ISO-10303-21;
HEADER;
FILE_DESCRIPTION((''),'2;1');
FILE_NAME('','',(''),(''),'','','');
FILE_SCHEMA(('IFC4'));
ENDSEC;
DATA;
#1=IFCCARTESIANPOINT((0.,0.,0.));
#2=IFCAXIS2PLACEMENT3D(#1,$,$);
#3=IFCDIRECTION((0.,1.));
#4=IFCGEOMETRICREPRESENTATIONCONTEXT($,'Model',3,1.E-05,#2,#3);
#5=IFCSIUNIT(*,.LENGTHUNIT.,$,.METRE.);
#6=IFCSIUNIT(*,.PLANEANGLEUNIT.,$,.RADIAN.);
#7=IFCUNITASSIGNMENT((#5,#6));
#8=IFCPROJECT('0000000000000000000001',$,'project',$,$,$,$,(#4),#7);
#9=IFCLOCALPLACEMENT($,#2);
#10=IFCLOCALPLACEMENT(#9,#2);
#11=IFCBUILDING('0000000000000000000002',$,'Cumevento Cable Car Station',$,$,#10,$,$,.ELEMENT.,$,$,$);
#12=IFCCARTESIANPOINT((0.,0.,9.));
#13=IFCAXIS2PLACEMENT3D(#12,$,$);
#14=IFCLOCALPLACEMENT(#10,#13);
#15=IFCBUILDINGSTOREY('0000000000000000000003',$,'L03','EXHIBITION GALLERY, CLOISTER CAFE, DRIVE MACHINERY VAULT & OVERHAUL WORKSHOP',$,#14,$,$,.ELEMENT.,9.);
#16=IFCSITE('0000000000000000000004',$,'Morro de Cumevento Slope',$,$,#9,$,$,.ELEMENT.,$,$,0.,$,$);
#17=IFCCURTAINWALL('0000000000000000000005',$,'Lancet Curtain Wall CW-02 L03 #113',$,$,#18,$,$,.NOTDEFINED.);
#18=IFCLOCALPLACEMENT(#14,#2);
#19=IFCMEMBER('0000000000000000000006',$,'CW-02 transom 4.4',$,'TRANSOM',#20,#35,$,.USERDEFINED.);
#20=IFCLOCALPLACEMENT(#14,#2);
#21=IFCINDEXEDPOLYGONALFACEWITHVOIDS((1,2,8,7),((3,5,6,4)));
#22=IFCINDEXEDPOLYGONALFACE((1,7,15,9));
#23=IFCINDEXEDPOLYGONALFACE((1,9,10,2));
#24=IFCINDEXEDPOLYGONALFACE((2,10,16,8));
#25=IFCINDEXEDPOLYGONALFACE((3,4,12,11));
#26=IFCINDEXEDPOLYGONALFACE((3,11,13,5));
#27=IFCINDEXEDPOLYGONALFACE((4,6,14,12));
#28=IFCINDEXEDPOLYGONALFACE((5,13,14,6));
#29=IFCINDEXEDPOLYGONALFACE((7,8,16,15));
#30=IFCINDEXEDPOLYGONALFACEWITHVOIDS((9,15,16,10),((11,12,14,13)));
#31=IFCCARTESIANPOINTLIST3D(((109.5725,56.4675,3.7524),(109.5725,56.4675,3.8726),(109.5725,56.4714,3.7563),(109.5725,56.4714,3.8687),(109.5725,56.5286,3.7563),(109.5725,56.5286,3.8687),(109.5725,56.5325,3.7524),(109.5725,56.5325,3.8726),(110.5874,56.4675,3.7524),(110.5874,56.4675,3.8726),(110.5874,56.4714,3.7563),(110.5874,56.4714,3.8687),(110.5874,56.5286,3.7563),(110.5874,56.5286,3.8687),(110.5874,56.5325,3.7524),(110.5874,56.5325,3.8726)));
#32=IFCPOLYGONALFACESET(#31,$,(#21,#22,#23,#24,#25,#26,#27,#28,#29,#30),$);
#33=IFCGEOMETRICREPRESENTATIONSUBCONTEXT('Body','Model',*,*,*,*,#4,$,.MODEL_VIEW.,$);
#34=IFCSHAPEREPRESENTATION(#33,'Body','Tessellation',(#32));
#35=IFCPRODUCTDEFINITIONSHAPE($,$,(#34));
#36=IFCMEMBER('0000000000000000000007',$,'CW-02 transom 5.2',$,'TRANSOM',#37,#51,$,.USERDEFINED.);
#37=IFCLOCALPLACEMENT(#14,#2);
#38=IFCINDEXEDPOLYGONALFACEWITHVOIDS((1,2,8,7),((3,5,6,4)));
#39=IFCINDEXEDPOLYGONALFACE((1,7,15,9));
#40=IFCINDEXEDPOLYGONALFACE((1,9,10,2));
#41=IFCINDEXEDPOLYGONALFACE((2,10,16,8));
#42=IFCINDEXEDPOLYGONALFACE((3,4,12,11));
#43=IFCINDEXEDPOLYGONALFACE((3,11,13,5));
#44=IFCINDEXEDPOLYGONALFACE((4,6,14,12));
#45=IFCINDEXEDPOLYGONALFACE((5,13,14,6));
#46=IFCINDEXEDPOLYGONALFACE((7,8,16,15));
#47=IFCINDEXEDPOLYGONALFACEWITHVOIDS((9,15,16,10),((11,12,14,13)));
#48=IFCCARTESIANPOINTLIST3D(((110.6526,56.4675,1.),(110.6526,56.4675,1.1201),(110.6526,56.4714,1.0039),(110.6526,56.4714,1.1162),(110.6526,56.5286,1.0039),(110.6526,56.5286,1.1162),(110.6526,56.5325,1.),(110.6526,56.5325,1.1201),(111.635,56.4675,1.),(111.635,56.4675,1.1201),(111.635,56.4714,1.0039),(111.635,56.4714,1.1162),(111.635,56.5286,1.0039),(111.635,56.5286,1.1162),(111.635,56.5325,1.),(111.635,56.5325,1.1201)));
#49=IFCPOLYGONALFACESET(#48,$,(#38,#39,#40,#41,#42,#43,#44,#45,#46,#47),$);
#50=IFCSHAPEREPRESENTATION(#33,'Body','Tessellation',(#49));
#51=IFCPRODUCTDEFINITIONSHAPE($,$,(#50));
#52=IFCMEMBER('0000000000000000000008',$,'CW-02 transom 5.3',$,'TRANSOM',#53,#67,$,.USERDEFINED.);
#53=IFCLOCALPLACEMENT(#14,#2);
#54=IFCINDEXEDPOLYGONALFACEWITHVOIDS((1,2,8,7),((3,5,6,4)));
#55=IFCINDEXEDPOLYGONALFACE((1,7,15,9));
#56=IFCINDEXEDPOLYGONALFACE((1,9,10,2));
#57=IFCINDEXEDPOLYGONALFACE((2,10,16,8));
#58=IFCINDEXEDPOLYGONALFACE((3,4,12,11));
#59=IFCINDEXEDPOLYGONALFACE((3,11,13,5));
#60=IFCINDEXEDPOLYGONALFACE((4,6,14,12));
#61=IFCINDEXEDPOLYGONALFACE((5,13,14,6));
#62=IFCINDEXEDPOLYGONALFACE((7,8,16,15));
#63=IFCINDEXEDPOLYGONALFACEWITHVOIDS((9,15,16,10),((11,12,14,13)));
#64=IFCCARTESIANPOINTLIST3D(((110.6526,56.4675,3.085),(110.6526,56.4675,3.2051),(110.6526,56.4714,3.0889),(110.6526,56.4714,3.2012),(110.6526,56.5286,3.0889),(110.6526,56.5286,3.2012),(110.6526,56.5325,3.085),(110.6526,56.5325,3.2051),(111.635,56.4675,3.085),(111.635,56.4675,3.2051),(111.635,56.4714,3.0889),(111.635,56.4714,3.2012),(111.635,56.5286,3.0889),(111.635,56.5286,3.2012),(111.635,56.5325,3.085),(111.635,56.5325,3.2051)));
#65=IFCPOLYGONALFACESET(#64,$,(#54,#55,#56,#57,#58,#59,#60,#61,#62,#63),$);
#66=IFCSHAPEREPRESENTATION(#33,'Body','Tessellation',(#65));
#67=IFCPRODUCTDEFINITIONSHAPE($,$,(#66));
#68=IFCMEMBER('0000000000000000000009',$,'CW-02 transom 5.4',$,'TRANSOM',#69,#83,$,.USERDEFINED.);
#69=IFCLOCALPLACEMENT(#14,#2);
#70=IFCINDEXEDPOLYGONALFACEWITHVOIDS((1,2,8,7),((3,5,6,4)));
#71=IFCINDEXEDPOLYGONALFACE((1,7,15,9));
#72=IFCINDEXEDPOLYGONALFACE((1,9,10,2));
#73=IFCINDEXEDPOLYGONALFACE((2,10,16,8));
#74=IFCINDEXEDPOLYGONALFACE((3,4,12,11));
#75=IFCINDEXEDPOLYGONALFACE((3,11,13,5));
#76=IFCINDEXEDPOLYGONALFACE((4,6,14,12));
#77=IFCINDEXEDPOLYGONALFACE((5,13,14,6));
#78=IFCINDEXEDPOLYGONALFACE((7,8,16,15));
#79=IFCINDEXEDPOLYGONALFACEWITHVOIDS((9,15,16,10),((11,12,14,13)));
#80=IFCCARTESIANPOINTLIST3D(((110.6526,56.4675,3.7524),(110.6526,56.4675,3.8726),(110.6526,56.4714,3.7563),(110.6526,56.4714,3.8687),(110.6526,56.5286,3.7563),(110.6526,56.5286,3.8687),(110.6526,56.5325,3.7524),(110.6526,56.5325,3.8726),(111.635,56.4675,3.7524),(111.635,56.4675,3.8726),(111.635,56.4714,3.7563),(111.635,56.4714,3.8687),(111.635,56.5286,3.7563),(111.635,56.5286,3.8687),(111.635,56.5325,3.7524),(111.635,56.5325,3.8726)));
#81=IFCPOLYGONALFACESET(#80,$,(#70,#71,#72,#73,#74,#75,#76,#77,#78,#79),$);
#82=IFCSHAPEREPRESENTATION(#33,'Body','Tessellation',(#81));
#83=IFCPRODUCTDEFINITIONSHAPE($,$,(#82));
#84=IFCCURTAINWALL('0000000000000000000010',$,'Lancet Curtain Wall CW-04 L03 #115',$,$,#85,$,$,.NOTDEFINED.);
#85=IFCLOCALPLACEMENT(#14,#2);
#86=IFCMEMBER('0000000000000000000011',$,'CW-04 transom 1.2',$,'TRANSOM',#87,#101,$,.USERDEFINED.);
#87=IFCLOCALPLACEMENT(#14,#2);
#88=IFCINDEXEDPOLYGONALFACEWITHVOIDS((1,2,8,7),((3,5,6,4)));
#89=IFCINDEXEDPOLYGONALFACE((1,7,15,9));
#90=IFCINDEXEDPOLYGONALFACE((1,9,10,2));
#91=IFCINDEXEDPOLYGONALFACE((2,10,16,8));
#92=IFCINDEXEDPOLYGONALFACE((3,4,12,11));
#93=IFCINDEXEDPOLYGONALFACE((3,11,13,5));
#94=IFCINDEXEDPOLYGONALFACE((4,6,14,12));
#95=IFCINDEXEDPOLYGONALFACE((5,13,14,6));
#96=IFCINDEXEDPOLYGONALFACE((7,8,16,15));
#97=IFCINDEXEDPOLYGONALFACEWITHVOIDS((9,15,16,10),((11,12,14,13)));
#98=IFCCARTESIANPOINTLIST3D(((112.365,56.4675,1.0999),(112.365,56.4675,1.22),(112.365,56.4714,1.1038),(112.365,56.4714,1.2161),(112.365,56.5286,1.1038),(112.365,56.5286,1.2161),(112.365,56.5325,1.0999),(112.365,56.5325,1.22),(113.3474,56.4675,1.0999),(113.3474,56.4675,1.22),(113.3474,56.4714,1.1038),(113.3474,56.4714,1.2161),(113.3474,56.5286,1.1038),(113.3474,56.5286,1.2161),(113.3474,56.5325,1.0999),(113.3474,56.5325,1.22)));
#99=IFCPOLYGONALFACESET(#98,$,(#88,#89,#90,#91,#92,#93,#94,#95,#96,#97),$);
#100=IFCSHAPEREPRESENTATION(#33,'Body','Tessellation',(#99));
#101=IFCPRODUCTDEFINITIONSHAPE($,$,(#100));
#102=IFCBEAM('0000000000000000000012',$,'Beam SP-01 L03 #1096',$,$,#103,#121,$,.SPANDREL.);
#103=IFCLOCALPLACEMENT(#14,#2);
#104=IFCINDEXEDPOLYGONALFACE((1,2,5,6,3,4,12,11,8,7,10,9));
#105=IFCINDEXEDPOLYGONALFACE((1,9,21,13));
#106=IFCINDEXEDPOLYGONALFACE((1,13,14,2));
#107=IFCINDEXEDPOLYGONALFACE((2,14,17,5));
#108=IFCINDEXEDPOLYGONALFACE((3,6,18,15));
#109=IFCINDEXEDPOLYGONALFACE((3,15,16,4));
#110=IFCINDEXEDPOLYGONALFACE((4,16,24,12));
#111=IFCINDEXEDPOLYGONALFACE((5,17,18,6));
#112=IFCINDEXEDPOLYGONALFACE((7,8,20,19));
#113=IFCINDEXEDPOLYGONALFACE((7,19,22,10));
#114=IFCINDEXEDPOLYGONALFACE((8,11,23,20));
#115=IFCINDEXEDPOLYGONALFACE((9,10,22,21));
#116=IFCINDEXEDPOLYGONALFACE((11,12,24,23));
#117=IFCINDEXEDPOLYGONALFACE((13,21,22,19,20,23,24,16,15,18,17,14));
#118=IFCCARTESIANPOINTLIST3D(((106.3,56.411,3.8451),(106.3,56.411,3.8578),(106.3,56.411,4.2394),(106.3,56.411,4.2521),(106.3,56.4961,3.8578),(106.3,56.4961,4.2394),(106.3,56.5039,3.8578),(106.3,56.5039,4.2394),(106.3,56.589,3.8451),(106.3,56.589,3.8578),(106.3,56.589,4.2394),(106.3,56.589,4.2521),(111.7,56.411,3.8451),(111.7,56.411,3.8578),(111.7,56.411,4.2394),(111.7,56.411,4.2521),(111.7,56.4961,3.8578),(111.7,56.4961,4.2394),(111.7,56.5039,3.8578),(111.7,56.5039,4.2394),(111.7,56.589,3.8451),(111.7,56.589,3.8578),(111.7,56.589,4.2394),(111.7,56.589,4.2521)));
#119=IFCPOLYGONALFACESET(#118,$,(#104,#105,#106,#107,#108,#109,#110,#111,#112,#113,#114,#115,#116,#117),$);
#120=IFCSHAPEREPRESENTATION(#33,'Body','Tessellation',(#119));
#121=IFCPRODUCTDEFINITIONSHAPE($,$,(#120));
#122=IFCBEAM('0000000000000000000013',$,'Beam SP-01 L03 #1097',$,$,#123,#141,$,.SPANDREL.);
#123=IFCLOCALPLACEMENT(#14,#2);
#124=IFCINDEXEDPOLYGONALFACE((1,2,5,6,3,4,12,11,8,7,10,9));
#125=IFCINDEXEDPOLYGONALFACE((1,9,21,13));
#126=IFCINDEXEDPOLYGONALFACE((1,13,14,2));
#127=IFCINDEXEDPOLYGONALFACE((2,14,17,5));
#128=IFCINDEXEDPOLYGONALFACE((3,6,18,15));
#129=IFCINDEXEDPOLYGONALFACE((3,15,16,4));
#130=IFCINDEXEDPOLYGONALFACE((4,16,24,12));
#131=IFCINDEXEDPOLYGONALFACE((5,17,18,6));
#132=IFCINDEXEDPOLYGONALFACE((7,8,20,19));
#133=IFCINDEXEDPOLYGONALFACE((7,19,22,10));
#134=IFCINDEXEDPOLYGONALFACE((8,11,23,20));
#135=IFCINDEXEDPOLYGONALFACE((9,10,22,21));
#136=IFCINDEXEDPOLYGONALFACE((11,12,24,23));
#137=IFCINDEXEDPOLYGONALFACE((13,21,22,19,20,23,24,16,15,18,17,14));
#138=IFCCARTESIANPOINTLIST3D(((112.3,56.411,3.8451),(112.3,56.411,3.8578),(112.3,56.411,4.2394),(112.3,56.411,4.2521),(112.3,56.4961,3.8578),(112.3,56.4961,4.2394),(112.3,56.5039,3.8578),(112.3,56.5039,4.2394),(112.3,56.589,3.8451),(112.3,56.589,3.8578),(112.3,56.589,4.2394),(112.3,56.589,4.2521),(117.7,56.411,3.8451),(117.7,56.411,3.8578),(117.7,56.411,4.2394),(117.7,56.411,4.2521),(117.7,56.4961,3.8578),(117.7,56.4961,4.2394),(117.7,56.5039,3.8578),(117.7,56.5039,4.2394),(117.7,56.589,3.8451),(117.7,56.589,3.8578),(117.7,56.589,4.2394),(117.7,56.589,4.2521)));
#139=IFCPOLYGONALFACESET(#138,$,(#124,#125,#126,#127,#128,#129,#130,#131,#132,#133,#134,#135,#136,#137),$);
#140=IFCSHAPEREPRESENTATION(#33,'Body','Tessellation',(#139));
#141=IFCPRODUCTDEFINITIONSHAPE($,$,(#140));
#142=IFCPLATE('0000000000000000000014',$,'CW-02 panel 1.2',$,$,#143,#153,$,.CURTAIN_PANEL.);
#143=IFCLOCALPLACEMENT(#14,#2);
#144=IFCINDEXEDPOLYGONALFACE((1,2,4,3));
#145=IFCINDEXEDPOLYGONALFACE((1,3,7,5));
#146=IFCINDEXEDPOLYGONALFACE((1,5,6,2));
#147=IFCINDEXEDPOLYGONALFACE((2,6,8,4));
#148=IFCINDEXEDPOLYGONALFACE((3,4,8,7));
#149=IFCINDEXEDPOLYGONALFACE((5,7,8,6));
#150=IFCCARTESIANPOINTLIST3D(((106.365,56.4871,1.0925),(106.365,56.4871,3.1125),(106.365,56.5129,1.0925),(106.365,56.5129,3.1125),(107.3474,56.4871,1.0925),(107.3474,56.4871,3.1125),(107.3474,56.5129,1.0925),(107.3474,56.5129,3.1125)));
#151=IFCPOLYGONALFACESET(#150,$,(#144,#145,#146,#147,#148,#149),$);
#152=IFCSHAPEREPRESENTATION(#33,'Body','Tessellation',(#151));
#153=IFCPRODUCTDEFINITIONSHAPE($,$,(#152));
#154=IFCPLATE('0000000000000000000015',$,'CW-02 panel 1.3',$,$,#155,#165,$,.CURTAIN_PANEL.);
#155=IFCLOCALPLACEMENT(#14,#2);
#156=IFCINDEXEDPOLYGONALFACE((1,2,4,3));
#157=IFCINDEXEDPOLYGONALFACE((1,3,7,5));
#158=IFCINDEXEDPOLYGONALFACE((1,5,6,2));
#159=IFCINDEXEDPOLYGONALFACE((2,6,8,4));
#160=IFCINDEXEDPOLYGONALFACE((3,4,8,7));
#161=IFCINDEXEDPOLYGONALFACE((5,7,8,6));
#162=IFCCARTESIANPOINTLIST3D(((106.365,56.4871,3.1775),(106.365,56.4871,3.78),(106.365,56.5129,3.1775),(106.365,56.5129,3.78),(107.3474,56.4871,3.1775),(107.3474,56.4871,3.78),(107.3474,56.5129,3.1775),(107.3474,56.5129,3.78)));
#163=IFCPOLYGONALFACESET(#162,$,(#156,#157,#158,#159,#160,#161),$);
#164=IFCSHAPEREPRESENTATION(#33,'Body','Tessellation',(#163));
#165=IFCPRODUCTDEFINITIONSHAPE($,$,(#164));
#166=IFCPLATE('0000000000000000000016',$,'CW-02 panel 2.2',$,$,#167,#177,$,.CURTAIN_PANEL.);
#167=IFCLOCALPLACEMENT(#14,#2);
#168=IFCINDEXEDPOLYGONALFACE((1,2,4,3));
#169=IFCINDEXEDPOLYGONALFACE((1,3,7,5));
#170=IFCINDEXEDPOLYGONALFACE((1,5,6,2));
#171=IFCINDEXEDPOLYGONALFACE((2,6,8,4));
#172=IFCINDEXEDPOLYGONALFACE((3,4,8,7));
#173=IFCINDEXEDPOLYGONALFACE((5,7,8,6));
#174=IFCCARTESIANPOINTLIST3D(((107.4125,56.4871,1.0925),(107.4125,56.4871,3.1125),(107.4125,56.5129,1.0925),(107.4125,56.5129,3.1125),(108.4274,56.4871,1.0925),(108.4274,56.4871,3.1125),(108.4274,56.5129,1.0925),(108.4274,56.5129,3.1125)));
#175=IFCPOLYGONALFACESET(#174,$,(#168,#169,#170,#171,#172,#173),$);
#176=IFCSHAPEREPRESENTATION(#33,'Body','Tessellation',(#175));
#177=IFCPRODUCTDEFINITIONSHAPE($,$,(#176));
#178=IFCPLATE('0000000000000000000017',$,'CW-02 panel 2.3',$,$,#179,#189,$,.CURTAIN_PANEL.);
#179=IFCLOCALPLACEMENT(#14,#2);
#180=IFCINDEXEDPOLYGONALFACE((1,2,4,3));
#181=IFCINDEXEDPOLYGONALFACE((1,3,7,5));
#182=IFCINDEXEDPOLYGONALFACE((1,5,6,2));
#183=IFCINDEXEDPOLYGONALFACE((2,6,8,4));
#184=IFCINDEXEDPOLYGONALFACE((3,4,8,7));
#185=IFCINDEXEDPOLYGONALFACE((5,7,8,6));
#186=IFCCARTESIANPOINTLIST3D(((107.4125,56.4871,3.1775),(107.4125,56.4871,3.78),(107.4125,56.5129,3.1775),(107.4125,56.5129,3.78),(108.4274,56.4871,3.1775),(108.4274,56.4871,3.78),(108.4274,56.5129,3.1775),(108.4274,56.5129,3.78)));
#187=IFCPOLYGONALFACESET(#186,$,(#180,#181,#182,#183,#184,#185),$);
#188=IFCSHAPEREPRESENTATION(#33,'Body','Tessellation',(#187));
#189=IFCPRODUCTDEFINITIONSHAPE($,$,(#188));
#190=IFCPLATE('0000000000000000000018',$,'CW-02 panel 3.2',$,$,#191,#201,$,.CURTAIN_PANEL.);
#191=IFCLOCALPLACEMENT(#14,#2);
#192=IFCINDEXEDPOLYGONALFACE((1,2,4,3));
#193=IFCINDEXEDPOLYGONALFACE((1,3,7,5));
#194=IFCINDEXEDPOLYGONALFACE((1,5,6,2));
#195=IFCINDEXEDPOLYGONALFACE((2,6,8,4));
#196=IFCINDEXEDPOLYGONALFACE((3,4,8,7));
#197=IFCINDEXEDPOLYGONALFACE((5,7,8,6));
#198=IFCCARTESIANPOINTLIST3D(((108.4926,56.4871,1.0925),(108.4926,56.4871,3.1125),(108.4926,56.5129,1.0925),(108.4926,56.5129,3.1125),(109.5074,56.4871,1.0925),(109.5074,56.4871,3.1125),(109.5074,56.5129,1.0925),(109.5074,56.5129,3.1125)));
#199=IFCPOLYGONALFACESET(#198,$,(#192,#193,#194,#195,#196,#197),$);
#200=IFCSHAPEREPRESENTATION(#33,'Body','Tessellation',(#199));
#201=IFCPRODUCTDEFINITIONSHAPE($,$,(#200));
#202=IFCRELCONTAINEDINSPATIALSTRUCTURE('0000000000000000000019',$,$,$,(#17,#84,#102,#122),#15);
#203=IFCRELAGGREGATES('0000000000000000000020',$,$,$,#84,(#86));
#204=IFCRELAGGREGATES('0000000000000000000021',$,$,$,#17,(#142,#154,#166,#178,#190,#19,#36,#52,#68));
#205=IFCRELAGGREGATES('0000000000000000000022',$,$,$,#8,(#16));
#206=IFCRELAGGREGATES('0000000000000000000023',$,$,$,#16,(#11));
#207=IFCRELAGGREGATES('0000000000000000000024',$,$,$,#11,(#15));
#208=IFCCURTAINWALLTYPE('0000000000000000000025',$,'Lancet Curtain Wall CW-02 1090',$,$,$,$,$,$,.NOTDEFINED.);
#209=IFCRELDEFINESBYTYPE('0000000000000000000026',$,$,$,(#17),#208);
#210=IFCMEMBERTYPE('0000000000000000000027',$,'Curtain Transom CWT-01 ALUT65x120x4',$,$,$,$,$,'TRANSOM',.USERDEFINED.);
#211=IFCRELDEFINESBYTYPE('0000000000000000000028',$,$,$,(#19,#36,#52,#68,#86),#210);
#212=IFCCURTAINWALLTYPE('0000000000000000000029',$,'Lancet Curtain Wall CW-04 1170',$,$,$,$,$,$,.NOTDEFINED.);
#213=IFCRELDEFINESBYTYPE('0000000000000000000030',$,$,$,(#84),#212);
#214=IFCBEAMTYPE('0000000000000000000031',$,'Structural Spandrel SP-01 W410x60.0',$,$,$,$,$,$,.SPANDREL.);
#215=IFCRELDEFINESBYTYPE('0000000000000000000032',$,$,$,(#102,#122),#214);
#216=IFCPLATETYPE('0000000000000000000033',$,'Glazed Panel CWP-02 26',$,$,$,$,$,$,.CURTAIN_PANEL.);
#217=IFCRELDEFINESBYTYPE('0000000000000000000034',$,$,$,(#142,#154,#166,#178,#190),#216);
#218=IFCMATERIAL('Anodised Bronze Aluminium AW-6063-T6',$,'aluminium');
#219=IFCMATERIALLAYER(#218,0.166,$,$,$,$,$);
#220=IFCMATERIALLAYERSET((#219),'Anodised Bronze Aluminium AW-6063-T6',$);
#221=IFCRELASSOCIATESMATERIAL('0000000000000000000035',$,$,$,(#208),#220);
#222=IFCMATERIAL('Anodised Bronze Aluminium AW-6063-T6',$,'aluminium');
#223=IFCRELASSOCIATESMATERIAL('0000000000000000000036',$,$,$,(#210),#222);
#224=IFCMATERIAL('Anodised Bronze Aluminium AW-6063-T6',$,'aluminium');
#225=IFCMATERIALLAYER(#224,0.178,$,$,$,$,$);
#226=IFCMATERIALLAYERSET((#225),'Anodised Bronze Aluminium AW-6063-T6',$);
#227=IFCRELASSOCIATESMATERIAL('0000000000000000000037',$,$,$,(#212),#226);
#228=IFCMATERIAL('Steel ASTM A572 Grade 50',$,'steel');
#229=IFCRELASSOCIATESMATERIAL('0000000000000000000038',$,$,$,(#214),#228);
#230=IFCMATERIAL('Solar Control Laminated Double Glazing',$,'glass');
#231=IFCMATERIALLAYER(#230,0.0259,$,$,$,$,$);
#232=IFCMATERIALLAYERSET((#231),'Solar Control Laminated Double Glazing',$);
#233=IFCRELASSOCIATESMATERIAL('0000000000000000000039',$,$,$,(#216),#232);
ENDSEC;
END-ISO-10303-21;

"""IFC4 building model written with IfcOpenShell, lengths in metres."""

from ifc_helpers import new_model, si_unit, direction, frame, origin, origin_2d, place, context, subcontext, project, spatial, rectangle, hollow_rectangle, i_section, extrude, material, layer, layer_set, material_profile, profile_set, type_object, element, aggregate, save


model = new_model("IFC4")

# Units and contexts
model_context = context("Model", 3, precision=1e-05, world=origin(), true_north=direction((0.0, 1.0)))
body_context = subcontext(model_context, "Body", "Model", "MODEL_VIEW")
ifc_project = project(units=[si_unit("LENGTHUNIT", "METRE"), si_unit("PLANEANGLEUNIT", "RADIAN")], contexts=[model_context])

# Site, building, storey
site_placement = place(None, origin())
site = spatial("IfcSite", under=ifc_project, at=site_placement, Name="Morro de Cumevento Slope", CompositionType="ELEMENT", RefElevation=0.0)
building_placement = place(site_placement, origin())
building = spatial("IfcBuilding", under=site, at=building_placement, Name="Cumevento Cable Car Station", CompositionType="ELEMENT")
storey_placement = place(building_placement, frame((0.0, 0.0, 9.0)))
storey = spatial("IfcBuildingStorey", under=building, at=storey_placement, Name="L03", Description="EXHIBITION GALLERY, CLOISTER CAFE, DRIVE MACHINERY VAULT & OVERHAUL WORKSHOP", CompositionType="ELEMENT", Elevation=9.0)

# Curtain wall, members
ifc_material_1 = material(Name="Anodised Bronze Aluminium AW-6063-T6", Category="aluminium")
ifc_layer_1 = layer(ifc_material_1, 0.166)
ifc_layer_set_1 = layer_set([ifc_layer_1], Name="Anodised Bronze Aluminium AW-6063-T6")
curtain_wall_type_1 = type_object("IfcCurtainWallType", Name="Lancet Curtain Wall CW-02 1090", PredefinedType="NOTDEFINED", material=ifc_layer_set_1)
curtain_wall_1_placement = place(storey_placement, origin())
curtain_wall_1 = element("IfcCurtainWall", 1, at=curtain_wall_1_placement, inside=storey, type_object=curtain_wall_type_1, Name="Lancet Curtain Wall CW-02 L03 #113", PredefinedType="NOTDEFINED")
ifc_material_2 = material(Name="Anodised Bronze Aluminium AW-6063-T6", Category="aluminium")
ifc_material_profile_1 = material_profile(ifc_material_2, hollow_rectangle(XDim=0.0649, YDim=0.1201, WallThickness=0.0039, at=origin_2d()), Name="ALUT65x120x4")
ifc_profile_set_1 = profile_set([ifc_material_profile_1], Name="Anodised Bronze Aluminium AW-6063-T6")
member_type = type_object("IfcMemberType", Name="Curtain Transom CWT-01 ALUT65x120x4", ElementType="TRANSOM", PredefinedType="USERDEFINED", material=ifc_profile_set_1)
member_1_placement = place(storey_placement, frame((109.5725, 56.5, 3.8125), z_axis=(1.0, 0.0, 0.0), x_axis=(0.0, 1.0, 0.0)))
member_1 = element("IfcMember", 2, at=member_1_placement, type_object=member_type, Name="CW-02 transom 4.4", ObjectType="TRANSOM", PredefinedType="USERDEFINED", context=body_context, shape_type="SweptSolid", body=[
    extrude(hollow_rectangle(XDim=0.0649, YDim=0.1201, WallThickness=0.0039, at=origin_2d()), origin(), (0.0, 0.0, 1.0), 1.0149),
])
member_2_placement = place(storey_placement, frame((110.6526, 56.5, 1.0601), z_axis=(1.0, 0.0, 0.0), x_axis=(0.0, 1.0, 0.0)))
member_2 = element("IfcMember", 3, at=member_2_placement, type_object=member_type, Name="CW-02 transom 5.2", ObjectType="TRANSOM", PredefinedType="USERDEFINED", context=body_context, shape_type="SweptSolid", body=[
    extrude(hollow_rectangle(XDim=0.0649, YDim=0.1201, WallThickness=0.0039, at=origin_2d()), origin(), (0.0, 0.0, 1.0), 0.9824),
])
member_3_placement = place(storey_placement, frame((110.6526, 56.5, 3.145), z_axis=(1.0, 0.0, 0.0), x_axis=(0.0, 1.0, 0.0)))
member_3 = element("IfcMember", 4, at=member_3_placement, type_object=member_type, Name="CW-02 transom 5.3", ObjectType="TRANSOM", PredefinedType="USERDEFINED", context=body_context, shape_type="SweptSolid", body=[
    extrude(hollow_rectangle(XDim=0.0649, YDim=0.1201, WallThickness=0.0039, at=origin_2d()), origin(), (0.0, 0.0, 1.0), 0.9824),
])
member_4_placement = place(storey_placement, frame((110.6526, 56.5, 3.8125), z_axis=(1.0, 0.0, 0.0), x_axis=(0.0, 1.0, 0.0)))
member_4 = element("IfcMember", 5, at=member_4_placement, type_object=member_type, Name="CW-02 transom 5.4", ObjectType="TRANSOM", PredefinedType="USERDEFINED", context=body_context, shape_type="SweptSolid", body=[
    extrude(hollow_rectangle(XDim=0.0649, YDim=0.1201, WallThickness=0.0039, at=origin_2d()), origin(), (0.0, 0.0, 1.0), 0.9824),
])

# Curtain wall, member
ifc_material_3 = material(Name="Anodised Bronze Aluminium AW-6063-T6", Category="aluminium")
ifc_layer_2 = layer(ifc_material_3, 0.178)
ifc_layer_set_2 = layer_set([ifc_layer_2], Name="Anodised Bronze Aluminium AW-6063-T6")
curtain_wall_type_2 = type_object("IfcCurtainWallType", Name="Lancet Curtain Wall CW-04 1170", PredefinedType="NOTDEFINED", material=ifc_layer_set_2)
curtain_wall_2_placement = place(storey_placement, origin())
curtain_wall_2 = element("IfcCurtainWall", 6, at=curtain_wall_2_placement, inside=storey, type_object=curtain_wall_type_2, Name="Lancet Curtain Wall CW-04 L03 #115", PredefinedType="NOTDEFINED")
member_5_placement = place(storey_placement, frame((112.365, 56.5, 1.1599), z_axis=(1.0, 0.0, 0.0), x_axis=(0.0, 1.0, 0.0)))
member_5 = element("IfcMember", 7, at=member_5_placement, type_object=member_type, Name="CW-04 transom 1.2", ObjectType="TRANSOM", PredefinedType="USERDEFINED", context=body_context, shape_type="SweptSolid", body=[
    extrude(hollow_rectangle(XDim=0.0649, YDim=0.1201, WallThickness=0.0039, at=origin_2d()), origin(), (0.0, 0.0, 1.0), 0.9824),
])
aggregate(curtain_wall_2, [member_5])

# Beams
ifc_material_4 = material(Name="Steel ASTM A572 Grade 50", Category="steel")
ifc_material_profile_2 = material_profile(ifc_material_4, i_section(OverallWidth=0.178, OverallDepth=0.407, WebThickness=0.0078, FlangeThickness=0.0127, at=origin_2d()), Name="W410x60.0")
ifc_profile_set_2 = profile_set([ifc_material_profile_2], Name="Steel ASTM A572 Grade 50")
beam_type = type_object("IfcBeamType", Name="Structural Spandrel SP-01 W410x60.0", PredefinedType="SPANDREL", material=ifc_profile_set_2)
for number, where, z_axis, x_axis, name in (
    (8, (106.3, 56.5, 4.0486), (1.0, 0.0, 0.0), (0.0, 1.0, 0.0), "Beam SP-01 L03 #1096"),
    (9, (112.3, 56.5, 4.0486), (1.0, 0.0, 0.0), (0.0, 1.0, 0.0), "Beam SP-01 L03 #1097"),
):
    element("IfcBeam", number, at=place(storey_placement, frame(where, z_axis=z_axis, x_axis=x_axis)), inside=storey, type_object=beam_type, Name=name, PredefinedType="SPANDREL", context=body_context, shape_type="SweptSolid", body=[
        extrude(i_section(OverallWidth=0.178, OverallDepth=0.407, WebThickness=0.0078, FlangeThickness=0.0127, at=origin_2d()), origin(), (0.0, 0.0, 1.0), 5.3999),
    ])

# Plates
ifc_material_5 = material(Name="Solar Control Laminated Double Glazing", Category="glass")
ifc_layer_3 = layer(ifc_material_5, 0.0259)
ifc_layer_set_3 = layer_set([ifc_layer_3], Name="Solar Control Laminated Double Glazing")
plate_type = type_object("IfcPlateType", Name="Glazed Panel CWP-02 26", PredefinedType="CURTAIN_PANEL", material=ifc_layer_set_3)
plate_1_placement = place(storey_placement, frame((106.8562, 56.5, 1.0925), z_axis=(0.0, 0.0, 1.0), x_axis=(1.0, 0.0, 0.0)))
plate_1 = element("IfcPlate", 10, at=plate_1_placement, type_object=plate_type, Name="CW-02 panel 1.2", PredefinedType="CURTAIN_PANEL", context=body_context, shape_type="SweptSolid", body=[
    extrude(rectangle(XDim=0.9824, YDim=0.0259, at=origin_2d()), origin(), (0.0, 0.0, 1.0), 2.02),
])
plate_2_placement = place(storey_placement, frame((106.8562, 56.5, 3.1775), z_axis=(0.0, 0.0, 1.0), x_axis=(1.0, 0.0, 0.0)))
plate_2 = element("IfcPlate", 11, at=plate_2_placement, type_object=plate_type, Name="CW-02 panel 1.3", PredefinedType="CURTAIN_PANEL", context=body_context, shape_type="SweptSolid", body=[
    extrude(rectangle(XDim=0.9824, YDim=0.0259, at=origin_2d()), origin(), (0.0, 0.0, 1.0), 0.6025),
])
plate_3_placement = place(storey_placement, frame((107.9199, 56.5, 1.0925), z_axis=(0.0, 0.0, 1.0), x_axis=(1.0, 0.0, 0.0)))
plate_3 = element("IfcPlate", 12, at=plate_3_placement, type_object=plate_type, Name="CW-02 panel 2.2", PredefinedType="CURTAIN_PANEL", context=body_context, shape_type="SweptSolid", body=[
    extrude(rectangle(XDim=1.0149, YDim=0.0259, at=origin_2d()), origin(), (0.0, 0.0, 1.0), 2.02),
])
plate_4_placement = place(storey_placement, frame((107.9199, 56.5, 3.1775), z_axis=(0.0, 0.0, 1.0), x_axis=(1.0, 0.0, 0.0)))
plate_4 = element("IfcPlate", 13, at=plate_4_placement, type_object=plate_type, Name="CW-02 panel 2.3", PredefinedType="CURTAIN_PANEL", context=body_context, shape_type="SweptSolid", body=[
    extrude(rectangle(XDim=1.0149, YDim=0.0259, at=origin_2d()), origin(), (0.0, 0.0, 1.0), 0.6025),
])
plate_5_placement = place(storey_placement, frame((109.0, 56.5, 1.0925), z_axis=(0.0, 0.0, 1.0), x_axis=(1.0, 0.0, 0.0)))
plate_5 = element("IfcPlate", 14, at=plate_5_placement, type_object=plate_type, Name="CW-02 panel 3.2", PredefinedType="CURTAIN_PANEL", context=body_context, shape_type="SweptSolid", body=[
    extrude(rectangle(XDim=1.0149, YDim=0.0259, at=origin_2d()), origin(), (0.0, 0.0, 1.0), 2.02),
])
aggregate(curtain_wall_1, [plate_1, plate_2, plate_3, plate_4, plate_5, member_1, member_2, member_3, member_4])

save(model, "model.ifc")
